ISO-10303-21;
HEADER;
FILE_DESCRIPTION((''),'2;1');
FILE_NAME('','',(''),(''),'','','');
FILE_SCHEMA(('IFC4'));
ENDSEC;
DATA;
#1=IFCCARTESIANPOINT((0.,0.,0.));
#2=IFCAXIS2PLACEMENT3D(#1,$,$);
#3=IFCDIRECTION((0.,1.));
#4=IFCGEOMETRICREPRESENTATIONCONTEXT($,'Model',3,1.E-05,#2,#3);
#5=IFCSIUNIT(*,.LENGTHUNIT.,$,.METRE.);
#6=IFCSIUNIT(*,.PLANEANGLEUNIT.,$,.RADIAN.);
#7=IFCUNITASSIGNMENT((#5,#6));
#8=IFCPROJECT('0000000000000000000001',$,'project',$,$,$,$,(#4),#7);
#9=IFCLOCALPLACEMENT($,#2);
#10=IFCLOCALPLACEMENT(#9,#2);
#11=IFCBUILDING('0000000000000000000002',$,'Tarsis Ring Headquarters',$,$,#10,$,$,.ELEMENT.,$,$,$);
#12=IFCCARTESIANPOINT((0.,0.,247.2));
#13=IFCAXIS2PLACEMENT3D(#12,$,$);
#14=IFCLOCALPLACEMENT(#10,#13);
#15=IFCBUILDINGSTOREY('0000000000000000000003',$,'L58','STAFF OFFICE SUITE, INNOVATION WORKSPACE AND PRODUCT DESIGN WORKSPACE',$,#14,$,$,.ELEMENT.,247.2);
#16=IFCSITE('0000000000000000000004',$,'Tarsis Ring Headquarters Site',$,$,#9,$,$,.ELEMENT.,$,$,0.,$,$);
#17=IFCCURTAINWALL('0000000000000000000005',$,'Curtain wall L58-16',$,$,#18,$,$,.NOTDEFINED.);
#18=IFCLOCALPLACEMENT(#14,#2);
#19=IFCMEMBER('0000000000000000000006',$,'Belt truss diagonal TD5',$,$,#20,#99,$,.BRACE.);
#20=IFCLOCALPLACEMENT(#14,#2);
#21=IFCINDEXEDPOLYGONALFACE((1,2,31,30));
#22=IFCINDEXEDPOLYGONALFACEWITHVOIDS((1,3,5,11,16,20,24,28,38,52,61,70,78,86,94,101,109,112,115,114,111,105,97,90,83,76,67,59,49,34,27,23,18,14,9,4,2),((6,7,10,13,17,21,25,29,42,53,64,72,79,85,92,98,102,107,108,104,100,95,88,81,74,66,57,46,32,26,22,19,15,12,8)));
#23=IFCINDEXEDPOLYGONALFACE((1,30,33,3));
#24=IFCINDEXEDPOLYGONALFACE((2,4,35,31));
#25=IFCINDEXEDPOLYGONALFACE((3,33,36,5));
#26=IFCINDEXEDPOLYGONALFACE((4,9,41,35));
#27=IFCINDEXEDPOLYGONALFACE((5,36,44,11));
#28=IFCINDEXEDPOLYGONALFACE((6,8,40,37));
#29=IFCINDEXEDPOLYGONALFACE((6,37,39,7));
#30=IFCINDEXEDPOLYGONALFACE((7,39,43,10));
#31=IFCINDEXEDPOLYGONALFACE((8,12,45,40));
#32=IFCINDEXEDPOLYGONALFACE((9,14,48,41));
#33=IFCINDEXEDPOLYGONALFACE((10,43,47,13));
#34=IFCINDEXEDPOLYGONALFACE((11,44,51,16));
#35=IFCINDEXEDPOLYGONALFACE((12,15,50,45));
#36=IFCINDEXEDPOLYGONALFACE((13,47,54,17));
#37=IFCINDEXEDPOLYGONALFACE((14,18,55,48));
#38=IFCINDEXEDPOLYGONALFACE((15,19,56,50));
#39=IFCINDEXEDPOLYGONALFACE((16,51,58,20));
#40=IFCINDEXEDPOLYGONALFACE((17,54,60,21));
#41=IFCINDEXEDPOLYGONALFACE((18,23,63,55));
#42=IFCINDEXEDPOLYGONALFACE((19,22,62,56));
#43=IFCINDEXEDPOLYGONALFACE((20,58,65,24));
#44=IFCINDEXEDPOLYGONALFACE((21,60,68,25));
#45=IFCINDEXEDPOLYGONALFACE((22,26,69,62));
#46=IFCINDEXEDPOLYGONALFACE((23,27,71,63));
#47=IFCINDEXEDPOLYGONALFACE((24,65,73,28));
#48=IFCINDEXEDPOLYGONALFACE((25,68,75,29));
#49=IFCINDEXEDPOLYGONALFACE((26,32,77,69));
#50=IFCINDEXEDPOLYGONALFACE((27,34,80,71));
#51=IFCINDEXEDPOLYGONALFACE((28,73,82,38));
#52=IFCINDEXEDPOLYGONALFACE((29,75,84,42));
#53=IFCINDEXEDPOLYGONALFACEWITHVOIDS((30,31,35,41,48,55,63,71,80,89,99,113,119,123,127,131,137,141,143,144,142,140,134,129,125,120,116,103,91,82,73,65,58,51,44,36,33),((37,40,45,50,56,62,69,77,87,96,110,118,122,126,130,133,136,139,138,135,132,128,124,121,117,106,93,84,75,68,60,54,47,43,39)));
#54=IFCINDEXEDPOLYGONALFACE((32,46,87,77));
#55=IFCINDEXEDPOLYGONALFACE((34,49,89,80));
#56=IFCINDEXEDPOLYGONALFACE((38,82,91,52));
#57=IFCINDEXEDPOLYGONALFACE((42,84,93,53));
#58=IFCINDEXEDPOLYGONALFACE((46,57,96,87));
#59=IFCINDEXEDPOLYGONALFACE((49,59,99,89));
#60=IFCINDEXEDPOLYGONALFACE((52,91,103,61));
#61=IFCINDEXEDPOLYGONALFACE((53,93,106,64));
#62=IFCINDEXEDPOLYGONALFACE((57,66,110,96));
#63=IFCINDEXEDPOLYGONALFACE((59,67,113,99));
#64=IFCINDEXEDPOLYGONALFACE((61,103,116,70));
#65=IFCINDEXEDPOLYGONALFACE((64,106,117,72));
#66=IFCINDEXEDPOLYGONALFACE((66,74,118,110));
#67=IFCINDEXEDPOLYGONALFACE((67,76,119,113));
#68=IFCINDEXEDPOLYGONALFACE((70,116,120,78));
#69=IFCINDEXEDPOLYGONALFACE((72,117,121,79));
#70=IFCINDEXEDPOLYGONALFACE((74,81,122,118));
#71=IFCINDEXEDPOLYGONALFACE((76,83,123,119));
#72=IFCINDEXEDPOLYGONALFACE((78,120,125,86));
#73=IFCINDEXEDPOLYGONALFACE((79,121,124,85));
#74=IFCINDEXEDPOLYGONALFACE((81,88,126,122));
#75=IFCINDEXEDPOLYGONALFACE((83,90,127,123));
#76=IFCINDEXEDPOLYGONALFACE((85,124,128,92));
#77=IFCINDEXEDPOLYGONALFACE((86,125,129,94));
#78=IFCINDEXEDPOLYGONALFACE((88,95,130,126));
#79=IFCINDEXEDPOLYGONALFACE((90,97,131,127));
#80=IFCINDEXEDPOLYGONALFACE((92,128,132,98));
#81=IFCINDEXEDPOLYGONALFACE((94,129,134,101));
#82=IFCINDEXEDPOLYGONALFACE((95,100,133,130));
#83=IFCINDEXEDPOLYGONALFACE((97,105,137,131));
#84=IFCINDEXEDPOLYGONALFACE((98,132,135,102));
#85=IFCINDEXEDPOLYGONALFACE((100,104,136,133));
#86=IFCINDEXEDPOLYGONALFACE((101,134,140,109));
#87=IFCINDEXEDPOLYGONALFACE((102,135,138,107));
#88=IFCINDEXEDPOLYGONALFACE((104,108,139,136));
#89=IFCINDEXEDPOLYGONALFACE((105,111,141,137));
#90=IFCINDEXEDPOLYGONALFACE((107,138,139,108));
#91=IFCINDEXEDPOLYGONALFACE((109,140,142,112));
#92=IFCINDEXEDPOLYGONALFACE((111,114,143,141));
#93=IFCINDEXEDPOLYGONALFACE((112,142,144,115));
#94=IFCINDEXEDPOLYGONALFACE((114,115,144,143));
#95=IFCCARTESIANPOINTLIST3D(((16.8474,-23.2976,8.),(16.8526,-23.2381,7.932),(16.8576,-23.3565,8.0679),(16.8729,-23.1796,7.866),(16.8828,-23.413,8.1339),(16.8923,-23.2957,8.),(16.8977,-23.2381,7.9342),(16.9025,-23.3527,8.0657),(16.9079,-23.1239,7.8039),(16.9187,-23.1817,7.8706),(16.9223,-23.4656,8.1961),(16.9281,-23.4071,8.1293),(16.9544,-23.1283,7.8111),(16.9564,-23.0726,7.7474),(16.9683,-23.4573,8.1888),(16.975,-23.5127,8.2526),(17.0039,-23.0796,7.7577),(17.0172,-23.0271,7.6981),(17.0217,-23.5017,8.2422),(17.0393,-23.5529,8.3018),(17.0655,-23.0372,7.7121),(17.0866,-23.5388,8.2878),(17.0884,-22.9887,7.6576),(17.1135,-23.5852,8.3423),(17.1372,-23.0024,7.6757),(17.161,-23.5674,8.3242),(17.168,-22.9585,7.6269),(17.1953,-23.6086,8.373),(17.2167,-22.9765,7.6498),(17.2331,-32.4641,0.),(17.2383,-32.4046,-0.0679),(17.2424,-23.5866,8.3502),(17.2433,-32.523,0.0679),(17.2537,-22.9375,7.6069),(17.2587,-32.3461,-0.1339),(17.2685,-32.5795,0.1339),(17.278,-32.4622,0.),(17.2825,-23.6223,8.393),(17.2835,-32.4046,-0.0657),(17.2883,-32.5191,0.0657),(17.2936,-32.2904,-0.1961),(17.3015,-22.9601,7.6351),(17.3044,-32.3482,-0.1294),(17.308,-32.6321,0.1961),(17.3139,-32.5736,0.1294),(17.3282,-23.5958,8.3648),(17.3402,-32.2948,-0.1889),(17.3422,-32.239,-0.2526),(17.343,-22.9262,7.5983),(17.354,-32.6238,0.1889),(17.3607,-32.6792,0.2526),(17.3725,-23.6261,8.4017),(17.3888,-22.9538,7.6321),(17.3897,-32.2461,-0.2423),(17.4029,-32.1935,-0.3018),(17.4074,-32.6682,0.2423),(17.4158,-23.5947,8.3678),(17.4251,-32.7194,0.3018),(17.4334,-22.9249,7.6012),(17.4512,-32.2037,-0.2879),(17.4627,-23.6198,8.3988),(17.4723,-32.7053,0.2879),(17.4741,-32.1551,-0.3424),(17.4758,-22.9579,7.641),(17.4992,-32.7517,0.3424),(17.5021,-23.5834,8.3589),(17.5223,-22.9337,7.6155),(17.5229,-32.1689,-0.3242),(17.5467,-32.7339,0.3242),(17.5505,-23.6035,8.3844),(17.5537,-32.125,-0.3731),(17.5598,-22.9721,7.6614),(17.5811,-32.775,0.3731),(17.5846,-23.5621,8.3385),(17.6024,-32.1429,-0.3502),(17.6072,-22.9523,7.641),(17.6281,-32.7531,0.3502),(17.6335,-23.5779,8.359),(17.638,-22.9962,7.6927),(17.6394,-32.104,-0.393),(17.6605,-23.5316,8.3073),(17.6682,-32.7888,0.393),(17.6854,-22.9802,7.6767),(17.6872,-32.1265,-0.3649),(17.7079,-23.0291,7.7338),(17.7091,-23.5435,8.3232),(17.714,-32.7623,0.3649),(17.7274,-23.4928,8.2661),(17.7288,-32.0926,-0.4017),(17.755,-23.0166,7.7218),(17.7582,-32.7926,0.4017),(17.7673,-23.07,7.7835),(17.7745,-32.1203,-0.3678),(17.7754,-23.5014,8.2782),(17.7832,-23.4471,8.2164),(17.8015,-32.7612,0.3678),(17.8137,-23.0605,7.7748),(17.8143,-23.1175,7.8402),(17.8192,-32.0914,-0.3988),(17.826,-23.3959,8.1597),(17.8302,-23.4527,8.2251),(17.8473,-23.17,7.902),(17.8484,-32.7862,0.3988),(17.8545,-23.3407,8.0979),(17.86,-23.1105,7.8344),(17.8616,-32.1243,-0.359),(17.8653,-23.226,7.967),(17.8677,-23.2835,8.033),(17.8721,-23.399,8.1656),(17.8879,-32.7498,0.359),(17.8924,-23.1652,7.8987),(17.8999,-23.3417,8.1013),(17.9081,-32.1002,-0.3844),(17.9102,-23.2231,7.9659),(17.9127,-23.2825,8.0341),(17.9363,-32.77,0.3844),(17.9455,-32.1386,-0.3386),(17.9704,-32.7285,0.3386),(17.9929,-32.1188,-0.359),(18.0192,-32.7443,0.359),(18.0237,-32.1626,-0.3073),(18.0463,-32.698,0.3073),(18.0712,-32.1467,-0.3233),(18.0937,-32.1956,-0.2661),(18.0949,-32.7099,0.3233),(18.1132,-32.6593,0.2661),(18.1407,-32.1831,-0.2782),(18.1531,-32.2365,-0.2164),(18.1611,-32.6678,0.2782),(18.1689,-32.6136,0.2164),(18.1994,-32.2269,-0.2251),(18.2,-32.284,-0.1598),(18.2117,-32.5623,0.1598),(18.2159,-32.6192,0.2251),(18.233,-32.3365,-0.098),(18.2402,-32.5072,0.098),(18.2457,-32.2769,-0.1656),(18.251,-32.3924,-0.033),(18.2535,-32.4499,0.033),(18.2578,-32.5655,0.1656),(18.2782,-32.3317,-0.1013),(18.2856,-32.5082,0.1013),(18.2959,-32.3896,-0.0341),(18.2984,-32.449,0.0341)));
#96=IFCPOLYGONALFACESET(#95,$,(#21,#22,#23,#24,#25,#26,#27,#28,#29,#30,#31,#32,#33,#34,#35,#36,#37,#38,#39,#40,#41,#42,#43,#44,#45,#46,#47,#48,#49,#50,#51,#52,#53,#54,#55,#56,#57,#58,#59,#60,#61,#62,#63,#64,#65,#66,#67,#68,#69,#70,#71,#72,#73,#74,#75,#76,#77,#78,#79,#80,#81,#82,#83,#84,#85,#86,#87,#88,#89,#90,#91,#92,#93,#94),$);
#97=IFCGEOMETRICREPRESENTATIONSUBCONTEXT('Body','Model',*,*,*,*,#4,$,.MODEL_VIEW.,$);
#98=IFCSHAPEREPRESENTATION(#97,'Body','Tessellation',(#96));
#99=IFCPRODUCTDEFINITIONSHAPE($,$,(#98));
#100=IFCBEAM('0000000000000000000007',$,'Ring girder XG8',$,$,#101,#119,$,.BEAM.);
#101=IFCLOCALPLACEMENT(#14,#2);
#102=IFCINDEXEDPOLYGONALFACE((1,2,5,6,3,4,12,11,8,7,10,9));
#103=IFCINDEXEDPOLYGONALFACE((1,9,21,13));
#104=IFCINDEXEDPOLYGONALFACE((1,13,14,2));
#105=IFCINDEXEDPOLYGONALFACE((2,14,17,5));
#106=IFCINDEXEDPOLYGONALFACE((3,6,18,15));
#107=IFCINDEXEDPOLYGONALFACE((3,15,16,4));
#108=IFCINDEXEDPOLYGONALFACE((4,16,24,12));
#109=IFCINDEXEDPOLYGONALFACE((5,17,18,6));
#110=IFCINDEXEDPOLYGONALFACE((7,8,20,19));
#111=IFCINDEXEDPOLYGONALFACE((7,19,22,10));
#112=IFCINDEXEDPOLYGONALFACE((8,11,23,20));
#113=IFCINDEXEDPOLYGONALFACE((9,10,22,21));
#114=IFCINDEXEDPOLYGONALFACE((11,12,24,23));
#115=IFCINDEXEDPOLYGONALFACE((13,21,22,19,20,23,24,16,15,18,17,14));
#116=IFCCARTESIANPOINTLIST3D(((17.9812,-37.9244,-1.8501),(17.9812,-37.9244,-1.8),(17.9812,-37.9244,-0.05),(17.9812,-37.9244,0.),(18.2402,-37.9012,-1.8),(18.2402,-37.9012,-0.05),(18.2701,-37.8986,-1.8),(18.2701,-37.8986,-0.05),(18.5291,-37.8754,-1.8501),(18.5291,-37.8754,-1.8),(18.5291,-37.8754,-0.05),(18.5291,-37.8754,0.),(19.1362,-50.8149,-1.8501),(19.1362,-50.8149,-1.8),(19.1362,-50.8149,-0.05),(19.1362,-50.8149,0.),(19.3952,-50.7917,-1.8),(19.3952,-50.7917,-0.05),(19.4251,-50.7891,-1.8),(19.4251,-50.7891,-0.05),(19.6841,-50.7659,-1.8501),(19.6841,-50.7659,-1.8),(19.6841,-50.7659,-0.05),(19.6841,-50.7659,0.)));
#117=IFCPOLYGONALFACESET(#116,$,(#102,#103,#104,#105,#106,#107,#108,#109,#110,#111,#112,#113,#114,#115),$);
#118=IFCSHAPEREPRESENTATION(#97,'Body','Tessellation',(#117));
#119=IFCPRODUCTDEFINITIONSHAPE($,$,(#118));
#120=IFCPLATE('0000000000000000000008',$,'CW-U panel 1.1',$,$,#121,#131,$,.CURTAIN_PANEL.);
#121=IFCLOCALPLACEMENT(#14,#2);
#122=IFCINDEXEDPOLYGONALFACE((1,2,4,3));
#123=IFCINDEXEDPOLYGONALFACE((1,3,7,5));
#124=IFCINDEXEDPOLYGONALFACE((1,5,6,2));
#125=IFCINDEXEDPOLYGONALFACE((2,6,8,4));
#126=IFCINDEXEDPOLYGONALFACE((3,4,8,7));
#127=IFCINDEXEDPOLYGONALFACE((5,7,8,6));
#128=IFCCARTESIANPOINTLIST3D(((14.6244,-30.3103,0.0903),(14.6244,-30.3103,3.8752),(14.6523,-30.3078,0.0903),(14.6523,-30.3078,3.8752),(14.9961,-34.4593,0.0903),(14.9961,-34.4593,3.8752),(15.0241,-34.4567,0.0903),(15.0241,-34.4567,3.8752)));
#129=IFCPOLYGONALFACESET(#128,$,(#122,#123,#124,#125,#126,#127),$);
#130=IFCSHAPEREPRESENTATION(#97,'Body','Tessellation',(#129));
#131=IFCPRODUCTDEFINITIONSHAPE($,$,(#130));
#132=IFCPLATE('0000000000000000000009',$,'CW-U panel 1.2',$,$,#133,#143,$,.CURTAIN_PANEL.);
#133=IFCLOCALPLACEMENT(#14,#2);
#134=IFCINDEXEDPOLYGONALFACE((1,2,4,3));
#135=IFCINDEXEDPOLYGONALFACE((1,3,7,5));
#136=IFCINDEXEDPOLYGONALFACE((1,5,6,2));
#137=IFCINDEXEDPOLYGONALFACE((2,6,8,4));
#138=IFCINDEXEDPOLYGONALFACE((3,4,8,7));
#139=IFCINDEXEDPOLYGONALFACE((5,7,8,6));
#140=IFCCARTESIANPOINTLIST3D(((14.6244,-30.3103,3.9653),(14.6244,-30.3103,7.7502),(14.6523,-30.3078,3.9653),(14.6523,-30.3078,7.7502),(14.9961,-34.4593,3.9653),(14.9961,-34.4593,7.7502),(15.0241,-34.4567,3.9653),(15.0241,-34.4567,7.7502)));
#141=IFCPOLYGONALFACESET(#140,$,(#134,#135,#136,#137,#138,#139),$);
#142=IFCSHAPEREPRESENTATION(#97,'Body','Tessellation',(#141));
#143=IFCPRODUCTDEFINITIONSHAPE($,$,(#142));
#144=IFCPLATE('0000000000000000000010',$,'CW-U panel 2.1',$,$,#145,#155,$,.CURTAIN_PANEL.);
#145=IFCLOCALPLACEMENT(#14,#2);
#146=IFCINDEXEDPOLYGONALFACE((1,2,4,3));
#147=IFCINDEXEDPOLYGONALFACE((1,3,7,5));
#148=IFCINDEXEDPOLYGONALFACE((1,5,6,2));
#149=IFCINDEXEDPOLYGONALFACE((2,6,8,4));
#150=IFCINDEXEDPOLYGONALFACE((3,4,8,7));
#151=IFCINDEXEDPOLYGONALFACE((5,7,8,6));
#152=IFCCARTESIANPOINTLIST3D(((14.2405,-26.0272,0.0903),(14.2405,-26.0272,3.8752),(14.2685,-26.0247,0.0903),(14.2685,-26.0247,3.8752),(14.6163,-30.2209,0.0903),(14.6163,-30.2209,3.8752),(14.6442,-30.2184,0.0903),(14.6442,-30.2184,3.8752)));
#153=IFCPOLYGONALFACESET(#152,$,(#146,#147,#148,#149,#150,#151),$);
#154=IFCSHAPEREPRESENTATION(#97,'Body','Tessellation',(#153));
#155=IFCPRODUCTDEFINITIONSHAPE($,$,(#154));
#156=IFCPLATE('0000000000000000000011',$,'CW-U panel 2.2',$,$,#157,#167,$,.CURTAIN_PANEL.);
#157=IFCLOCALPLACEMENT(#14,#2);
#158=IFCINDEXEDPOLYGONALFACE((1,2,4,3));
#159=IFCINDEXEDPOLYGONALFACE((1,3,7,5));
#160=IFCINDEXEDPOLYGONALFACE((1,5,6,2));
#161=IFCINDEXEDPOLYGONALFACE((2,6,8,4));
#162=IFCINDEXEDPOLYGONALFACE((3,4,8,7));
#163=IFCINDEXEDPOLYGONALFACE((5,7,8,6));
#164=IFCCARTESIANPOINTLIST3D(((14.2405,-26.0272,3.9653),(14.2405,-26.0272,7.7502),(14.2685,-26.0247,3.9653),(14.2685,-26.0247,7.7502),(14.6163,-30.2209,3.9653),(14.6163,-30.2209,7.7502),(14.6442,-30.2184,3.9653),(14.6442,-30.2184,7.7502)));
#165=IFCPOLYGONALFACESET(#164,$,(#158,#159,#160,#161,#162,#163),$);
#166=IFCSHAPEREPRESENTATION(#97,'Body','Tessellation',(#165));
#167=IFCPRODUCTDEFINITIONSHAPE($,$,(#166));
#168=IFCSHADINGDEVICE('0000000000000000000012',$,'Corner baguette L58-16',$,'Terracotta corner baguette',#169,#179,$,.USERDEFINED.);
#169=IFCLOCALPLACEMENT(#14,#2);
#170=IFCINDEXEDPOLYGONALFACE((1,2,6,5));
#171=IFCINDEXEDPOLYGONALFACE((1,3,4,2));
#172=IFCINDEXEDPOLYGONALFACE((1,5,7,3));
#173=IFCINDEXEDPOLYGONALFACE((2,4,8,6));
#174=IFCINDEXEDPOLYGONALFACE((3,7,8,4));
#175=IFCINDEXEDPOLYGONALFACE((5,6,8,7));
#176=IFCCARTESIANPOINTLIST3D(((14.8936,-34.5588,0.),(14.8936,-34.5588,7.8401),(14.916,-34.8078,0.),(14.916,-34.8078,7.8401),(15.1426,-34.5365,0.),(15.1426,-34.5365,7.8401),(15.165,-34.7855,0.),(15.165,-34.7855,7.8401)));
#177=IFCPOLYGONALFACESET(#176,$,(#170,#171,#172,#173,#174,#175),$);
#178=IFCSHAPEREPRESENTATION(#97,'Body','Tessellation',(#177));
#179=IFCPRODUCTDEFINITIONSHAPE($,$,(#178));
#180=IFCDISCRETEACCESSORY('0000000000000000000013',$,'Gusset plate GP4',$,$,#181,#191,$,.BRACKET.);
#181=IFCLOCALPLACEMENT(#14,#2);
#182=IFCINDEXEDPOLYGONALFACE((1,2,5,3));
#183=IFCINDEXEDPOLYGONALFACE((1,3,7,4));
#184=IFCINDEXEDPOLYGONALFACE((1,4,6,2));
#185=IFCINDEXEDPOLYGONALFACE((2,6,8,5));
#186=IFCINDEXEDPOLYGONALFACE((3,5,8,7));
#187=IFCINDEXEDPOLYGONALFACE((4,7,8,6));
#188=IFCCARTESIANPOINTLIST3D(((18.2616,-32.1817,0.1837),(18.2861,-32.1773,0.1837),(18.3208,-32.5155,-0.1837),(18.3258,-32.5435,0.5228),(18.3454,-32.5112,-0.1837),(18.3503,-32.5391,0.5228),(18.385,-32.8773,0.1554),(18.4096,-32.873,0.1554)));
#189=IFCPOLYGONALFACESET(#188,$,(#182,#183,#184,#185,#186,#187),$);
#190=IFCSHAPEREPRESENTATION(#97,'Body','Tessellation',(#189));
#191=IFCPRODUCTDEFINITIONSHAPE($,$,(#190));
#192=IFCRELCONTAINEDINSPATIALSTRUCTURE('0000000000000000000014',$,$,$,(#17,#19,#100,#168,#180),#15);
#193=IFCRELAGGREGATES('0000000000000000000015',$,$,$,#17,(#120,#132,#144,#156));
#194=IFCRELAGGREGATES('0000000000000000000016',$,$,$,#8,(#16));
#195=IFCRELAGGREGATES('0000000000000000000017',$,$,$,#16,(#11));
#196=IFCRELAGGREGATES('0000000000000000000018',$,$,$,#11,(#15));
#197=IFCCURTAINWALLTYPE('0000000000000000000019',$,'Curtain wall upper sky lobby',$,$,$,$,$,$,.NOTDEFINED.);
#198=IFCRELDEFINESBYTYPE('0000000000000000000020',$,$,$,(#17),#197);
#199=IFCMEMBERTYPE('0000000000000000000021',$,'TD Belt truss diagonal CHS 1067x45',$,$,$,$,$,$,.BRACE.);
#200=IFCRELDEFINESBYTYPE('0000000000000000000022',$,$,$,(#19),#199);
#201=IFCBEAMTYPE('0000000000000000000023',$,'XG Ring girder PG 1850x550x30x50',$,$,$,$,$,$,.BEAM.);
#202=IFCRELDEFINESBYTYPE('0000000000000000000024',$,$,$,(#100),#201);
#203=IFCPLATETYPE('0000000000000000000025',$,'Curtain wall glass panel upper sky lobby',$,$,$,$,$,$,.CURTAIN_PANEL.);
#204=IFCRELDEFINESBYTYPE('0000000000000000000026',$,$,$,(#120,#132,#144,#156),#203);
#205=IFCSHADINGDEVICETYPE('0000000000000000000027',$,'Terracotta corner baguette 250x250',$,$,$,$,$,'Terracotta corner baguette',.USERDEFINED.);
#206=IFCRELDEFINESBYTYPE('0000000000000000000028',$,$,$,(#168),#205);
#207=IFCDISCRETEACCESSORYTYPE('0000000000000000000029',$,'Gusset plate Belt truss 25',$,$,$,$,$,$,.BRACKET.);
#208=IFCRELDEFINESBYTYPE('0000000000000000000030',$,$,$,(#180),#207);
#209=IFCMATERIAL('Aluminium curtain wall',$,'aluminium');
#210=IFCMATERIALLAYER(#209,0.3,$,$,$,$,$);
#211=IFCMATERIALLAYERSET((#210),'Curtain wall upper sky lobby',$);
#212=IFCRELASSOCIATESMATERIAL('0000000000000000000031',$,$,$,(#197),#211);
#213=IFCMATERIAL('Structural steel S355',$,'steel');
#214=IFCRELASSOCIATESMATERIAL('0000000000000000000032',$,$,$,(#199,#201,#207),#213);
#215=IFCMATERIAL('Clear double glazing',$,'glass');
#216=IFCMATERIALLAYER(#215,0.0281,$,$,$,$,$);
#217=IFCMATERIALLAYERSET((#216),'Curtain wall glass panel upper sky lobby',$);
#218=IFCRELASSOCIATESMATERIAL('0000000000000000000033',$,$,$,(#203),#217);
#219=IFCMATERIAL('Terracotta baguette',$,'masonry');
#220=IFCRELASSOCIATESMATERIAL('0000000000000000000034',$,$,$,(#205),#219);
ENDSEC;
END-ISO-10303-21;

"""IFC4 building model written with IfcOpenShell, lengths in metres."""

from ifc_helpers import new_model, si_unit, direction, frame, origin, origin_2d, place, context, subcontext, project, spatial, rectangle, hollow_circle, i_section, extrude, material, layer, layer_set, material_profile, profile_set, type_object, element, aggregate, save


model = new_model("IFC4")

# Units and contexts
model_context = context("Model", 3, precision=1e-05, world=origin(), true_north=direction((0.0, 1.0)))
body_context = subcontext(model_context, "Body", "Model", "MODEL_VIEW")
ifc_project = project(units=[si_unit("LENGTHUNIT", "METRE"), si_unit("PLANEANGLEUNIT", "RADIAN")], contexts=[model_context])

# Site, building, storey
site_placement = place(None, origin())
site = spatial("IfcSite", under=ifc_project, at=site_placement, Name="Tarsis Ring Headquarters Site", CompositionType="ELEMENT", RefElevation=0.0)
building_placement = place(site_placement, origin())
building = spatial("IfcBuilding", under=site, at=building_placement, Name="Tarsis Ring Headquarters", CompositionType="ELEMENT")
storey_placement = place(building_placement, frame((0.0, 0.0, 247.2)))
storey = spatial("IfcBuildingStorey", under=building, at=storey_placement, Name="L58", Description="STAFF OFFICE SUITE, INNOVATION WORKSPACE AND PRODUCT DESIGN WORKSPACE", CompositionType="ELEMENT", Elevation=247.2)

# Shared definitions
ifc_material_1 = material(Name="Structural steel S355", Category="steel")
ifc_material_profile_1 = material_profile(ifc_material_1, hollow_circle(Radius=0.5334, WallThickness=0.0449, at=origin_2d()), Name="CHS 1067x45")
ifc_profile_set_1 = profile_set([ifc_material_profile_1], Name="Structural steel S355")

# Curtain wall
ifc_material_2 = material(Name="Aluminium curtain wall", Category="aluminium")
ifc_layer_1 = layer(ifc_material_2, 0.3)
ifc_layer_set_1 = layer_set([ifc_layer_1], Name="Curtain wall upper sky lobby")
curtain_wall_type = type_object("IfcCurtainWallType", Name="Curtain wall upper sky lobby", PredefinedType="NOTDEFINED", material=ifc_layer_set_1)
curtain_wall_placement = place(storey_placement, origin())
curtain_wall = element("IfcCurtainWall", 1, at=curtain_wall_placement, inside=storey, type_object=curtain_wall_type, Name="Curtain wall L58-16", PredefinedType="NOTDEFINED")

# Member
member_type_1 = type_object("IfcMemberType", Name="TD Belt truss diagonal CHS 1067x45", PredefinedType="BRACE", material=ifc_profile_set_1)
member_1_placement = place(storey_placement, frame((17.7661, -32.4417, 0.0), z_axis=(-0.031689, 0.75304, 0.657211), x_axis=(-0.999116, -0.042045, 0.0)))
element("IfcMember", 2, at=member_1_placement, inside=storey, type_object=member_type_1, Name="Belt truss diagonal TD5", PredefinedType="BRACE", context=body_context, shape_type="SweptSolid", body=[
    extrude(hollow_circle(Radius=0.5334, WallThickness=0.0449, at=origin_2d()), origin(), (0.0, 0.0, 1.0), 12.1726),
])

# Beam
ifc_material_profile_2 = material_profile(ifc_material_1, i_section(OverallWidth=0.55, OverallDepth=1.8501, WebThickness=0.03, FlangeThickness=0.05, at=origin_2d()), Name="PG 1850x550x30x50")
ifc_profile_set_2 = profile_set([ifc_material_profile_2], Name="Structural steel S355")
beam_type = type_object("IfcBeamType", Name="XG Ring girder PG 1850x550x30x50", PredefinedType="BEAM", material=ifc_profile_set_2)
beam_placement = place(storey_placement, frame((18.2551, -37.8999, -0.925), z_axis=(0.089246, -0.99601, 0.0), x_axis=(0.99601, 0.089246, 0.0)))
element("IfcBeam", 3, at=beam_placement, inside=storey, type_object=beam_type, Name="Ring girder XG8", PredefinedType="BEAM", context=body_context, shape_type="SweptSolid", body=[
    extrude(i_section(OverallWidth=0.55, OverallDepth=1.8501, WebThickness=0.03, FlangeThickness=0.05, at=origin_2d()), origin(), (0.0, 0.0, 1.0), 12.9421),
])

# Plates
ifc_material_3 = material(Name="Clear double glazing", Category="glass")
ifc_layer_2 = layer(ifc_material_3, 0.0281)
ifc_layer_set_2 = layer_set([ifc_layer_2], Name="Curtain wall glass panel upper sky lobby")
plate_type = type_object("IfcPlateType", Name="Curtain wall glass panel upper sky lobby", PredefinedType="CURTAIN_PANEL", material=ifc_layer_set_2)
plate_1_placement = place(storey_placement, frame((14.8242, -32.3835, 0.0903), z_axis=(0.0, 0.0, 1.0), x_axis=(-0.089242, 0.99601, 0.0)))
plate_1 = element("IfcPlate", 4, at=plate_1_placement, type_object=plate_type, Name="CW-U panel 1.1", PredefinedType="CURTAIN_PANEL", context=body_context, shape_type="SweptSolid", body=[
    extrude(rectangle(XDim=4.1655, YDim=0.0281, at=origin_2d()), origin(), (0.0, 0.0, 1.0), 3.7849),
])
plate_2_placement = place(storey_placement, frame((14.8242, -32.3835, 3.9653), z_axis=(0.0, 0.0, 1.0), x_axis=(-0.089242, 0.99601, 0.0)))
plate_2 = element("IfcPlate", 5, at=plate_2_placement, type_object=plate_type, Name="CW-U panel 1.2", PredefinedType="CURTAIN_PANEL", context=body_context, shape_type="SweptSolid", body=[
    extrude(rectangle(XDim=4.1655, YDim=0.0281, at=origin_2d()), origin(), (0.0, 0.0, 1.0), 3.7849),
])
plate_3_placement = place(storey_placement, frame((14.4424, -28.1228, 0.0903), z_axis=(0.0, 0.0, 1.0), x_axis=(-0.089242, 0.99601, 0.0)))
plate_3 = element("IfcPlate", 6, at=plate_3_placement, type_object=plate_type, Name="CW-U panel 2.1", PredefinedType="CURTAIN_PANEL", context=body_context, shape_type="SweptSolid", body=[
    extrude(rectangle(XDim=4.2104, YDim=0.0281, at=origin_2d()), origin(), (0.0, 0.0, 1.0), 3.7849),
])
plate_4_placement = place(storey_placement, frame((14.4424, -28.1228, 3.9653), z_axis=(0.0, 0.0, 1.0), x_axis=(-0.089242, 0.99601, 0.0)))
plate_4 = element("IfcPlate", 7, at=plate_4_placement, type_object=plate_type, Name="CW-U panel 2.2", PredefinedType="CURTAIN_PANEL", context=body_context, shape_type="SweptSolid", body=[
    extrude(rectangle(XDim=4.2104, YDim=0.0281, at=origin_2d()), origin(), (0.0, 0.0, 1.0), 3.7849),
])
aggregate(curtain_wall, [plate_1, plate_2, plate_3, plate_4])

# Shading device
ifc_material_4 = material(Name="Terracotta baguette", Category="masonry")
shading_device_type_1 = type_object("IfcShadingDeviceType", Name="Terracotta corner baguette 250x250", ElementType="Terracotta corner baguette", PredefinedType="USERDEFINED", material=ifc_material_4)
shading_device_1_placement = place(storey_placement, frame((15.0293, -34.6721, 0.0), z_axis=(0.0, 0.0, 1.0), x_axis=(0.99601, 0.089242, 0.0)))
element("IfcShadingDevice", 8, at=shading_device_1_placement, inside=storey, type_object=shading_device_type_1, Name="Corner baguette L58-16", ObjectType="Terracotta corner baguette", PredefinedType="USERDEFINED", context=body_context, shape_type="SweptSolid", body=[
    extrude(rectangle(XDim=0.25, YDim=0.25, at=origin_2d()), origin(), (0.0, 0.0, 1.0), 7.8401),
])

# Discrete accessory
ifc_material_profile_3 = material_profile(ifc_material_1, rectangle(XDim=0.0249, YDim=0.5, at=origin_2d()), Name="PL 25x500")
ifc_profile_set_3 = profile_set([ifc_material_profile_3], Name="Structural steel S355")
discrete_accessory_type = type_object("IfcDiscreteAccessoryType", Name="Gusset plate Belt truss 25", PredefinedType="BRACKET", material=ifc_profile_set_3)
for number, where, z_axis, x_axis, name in (
    (9, (18.3035, -32.3464, 0.0), (0.12841, -0.723589, 0.678181), (0.984616, 0.174733, 0.0), "Gusset plate GP4"),
):
    element("IfcDiscreteAccessory", number, at=place(storey_placement, frame(where, z_axis=z_axis, x_axis=x_axis)), inside=storey, type_object=discrete_accessory_type, Name=name, PredefinedType="BRACKET", context=body_context, shape_type="SweptSolid", body=[
        extrude(rectangle(XDim=0.0249, YDim=0.5, at=origin_2d()), origin(), (0.0, 0.0, 1.0), 0.5),
    ])

save(model, "model.ifc")
